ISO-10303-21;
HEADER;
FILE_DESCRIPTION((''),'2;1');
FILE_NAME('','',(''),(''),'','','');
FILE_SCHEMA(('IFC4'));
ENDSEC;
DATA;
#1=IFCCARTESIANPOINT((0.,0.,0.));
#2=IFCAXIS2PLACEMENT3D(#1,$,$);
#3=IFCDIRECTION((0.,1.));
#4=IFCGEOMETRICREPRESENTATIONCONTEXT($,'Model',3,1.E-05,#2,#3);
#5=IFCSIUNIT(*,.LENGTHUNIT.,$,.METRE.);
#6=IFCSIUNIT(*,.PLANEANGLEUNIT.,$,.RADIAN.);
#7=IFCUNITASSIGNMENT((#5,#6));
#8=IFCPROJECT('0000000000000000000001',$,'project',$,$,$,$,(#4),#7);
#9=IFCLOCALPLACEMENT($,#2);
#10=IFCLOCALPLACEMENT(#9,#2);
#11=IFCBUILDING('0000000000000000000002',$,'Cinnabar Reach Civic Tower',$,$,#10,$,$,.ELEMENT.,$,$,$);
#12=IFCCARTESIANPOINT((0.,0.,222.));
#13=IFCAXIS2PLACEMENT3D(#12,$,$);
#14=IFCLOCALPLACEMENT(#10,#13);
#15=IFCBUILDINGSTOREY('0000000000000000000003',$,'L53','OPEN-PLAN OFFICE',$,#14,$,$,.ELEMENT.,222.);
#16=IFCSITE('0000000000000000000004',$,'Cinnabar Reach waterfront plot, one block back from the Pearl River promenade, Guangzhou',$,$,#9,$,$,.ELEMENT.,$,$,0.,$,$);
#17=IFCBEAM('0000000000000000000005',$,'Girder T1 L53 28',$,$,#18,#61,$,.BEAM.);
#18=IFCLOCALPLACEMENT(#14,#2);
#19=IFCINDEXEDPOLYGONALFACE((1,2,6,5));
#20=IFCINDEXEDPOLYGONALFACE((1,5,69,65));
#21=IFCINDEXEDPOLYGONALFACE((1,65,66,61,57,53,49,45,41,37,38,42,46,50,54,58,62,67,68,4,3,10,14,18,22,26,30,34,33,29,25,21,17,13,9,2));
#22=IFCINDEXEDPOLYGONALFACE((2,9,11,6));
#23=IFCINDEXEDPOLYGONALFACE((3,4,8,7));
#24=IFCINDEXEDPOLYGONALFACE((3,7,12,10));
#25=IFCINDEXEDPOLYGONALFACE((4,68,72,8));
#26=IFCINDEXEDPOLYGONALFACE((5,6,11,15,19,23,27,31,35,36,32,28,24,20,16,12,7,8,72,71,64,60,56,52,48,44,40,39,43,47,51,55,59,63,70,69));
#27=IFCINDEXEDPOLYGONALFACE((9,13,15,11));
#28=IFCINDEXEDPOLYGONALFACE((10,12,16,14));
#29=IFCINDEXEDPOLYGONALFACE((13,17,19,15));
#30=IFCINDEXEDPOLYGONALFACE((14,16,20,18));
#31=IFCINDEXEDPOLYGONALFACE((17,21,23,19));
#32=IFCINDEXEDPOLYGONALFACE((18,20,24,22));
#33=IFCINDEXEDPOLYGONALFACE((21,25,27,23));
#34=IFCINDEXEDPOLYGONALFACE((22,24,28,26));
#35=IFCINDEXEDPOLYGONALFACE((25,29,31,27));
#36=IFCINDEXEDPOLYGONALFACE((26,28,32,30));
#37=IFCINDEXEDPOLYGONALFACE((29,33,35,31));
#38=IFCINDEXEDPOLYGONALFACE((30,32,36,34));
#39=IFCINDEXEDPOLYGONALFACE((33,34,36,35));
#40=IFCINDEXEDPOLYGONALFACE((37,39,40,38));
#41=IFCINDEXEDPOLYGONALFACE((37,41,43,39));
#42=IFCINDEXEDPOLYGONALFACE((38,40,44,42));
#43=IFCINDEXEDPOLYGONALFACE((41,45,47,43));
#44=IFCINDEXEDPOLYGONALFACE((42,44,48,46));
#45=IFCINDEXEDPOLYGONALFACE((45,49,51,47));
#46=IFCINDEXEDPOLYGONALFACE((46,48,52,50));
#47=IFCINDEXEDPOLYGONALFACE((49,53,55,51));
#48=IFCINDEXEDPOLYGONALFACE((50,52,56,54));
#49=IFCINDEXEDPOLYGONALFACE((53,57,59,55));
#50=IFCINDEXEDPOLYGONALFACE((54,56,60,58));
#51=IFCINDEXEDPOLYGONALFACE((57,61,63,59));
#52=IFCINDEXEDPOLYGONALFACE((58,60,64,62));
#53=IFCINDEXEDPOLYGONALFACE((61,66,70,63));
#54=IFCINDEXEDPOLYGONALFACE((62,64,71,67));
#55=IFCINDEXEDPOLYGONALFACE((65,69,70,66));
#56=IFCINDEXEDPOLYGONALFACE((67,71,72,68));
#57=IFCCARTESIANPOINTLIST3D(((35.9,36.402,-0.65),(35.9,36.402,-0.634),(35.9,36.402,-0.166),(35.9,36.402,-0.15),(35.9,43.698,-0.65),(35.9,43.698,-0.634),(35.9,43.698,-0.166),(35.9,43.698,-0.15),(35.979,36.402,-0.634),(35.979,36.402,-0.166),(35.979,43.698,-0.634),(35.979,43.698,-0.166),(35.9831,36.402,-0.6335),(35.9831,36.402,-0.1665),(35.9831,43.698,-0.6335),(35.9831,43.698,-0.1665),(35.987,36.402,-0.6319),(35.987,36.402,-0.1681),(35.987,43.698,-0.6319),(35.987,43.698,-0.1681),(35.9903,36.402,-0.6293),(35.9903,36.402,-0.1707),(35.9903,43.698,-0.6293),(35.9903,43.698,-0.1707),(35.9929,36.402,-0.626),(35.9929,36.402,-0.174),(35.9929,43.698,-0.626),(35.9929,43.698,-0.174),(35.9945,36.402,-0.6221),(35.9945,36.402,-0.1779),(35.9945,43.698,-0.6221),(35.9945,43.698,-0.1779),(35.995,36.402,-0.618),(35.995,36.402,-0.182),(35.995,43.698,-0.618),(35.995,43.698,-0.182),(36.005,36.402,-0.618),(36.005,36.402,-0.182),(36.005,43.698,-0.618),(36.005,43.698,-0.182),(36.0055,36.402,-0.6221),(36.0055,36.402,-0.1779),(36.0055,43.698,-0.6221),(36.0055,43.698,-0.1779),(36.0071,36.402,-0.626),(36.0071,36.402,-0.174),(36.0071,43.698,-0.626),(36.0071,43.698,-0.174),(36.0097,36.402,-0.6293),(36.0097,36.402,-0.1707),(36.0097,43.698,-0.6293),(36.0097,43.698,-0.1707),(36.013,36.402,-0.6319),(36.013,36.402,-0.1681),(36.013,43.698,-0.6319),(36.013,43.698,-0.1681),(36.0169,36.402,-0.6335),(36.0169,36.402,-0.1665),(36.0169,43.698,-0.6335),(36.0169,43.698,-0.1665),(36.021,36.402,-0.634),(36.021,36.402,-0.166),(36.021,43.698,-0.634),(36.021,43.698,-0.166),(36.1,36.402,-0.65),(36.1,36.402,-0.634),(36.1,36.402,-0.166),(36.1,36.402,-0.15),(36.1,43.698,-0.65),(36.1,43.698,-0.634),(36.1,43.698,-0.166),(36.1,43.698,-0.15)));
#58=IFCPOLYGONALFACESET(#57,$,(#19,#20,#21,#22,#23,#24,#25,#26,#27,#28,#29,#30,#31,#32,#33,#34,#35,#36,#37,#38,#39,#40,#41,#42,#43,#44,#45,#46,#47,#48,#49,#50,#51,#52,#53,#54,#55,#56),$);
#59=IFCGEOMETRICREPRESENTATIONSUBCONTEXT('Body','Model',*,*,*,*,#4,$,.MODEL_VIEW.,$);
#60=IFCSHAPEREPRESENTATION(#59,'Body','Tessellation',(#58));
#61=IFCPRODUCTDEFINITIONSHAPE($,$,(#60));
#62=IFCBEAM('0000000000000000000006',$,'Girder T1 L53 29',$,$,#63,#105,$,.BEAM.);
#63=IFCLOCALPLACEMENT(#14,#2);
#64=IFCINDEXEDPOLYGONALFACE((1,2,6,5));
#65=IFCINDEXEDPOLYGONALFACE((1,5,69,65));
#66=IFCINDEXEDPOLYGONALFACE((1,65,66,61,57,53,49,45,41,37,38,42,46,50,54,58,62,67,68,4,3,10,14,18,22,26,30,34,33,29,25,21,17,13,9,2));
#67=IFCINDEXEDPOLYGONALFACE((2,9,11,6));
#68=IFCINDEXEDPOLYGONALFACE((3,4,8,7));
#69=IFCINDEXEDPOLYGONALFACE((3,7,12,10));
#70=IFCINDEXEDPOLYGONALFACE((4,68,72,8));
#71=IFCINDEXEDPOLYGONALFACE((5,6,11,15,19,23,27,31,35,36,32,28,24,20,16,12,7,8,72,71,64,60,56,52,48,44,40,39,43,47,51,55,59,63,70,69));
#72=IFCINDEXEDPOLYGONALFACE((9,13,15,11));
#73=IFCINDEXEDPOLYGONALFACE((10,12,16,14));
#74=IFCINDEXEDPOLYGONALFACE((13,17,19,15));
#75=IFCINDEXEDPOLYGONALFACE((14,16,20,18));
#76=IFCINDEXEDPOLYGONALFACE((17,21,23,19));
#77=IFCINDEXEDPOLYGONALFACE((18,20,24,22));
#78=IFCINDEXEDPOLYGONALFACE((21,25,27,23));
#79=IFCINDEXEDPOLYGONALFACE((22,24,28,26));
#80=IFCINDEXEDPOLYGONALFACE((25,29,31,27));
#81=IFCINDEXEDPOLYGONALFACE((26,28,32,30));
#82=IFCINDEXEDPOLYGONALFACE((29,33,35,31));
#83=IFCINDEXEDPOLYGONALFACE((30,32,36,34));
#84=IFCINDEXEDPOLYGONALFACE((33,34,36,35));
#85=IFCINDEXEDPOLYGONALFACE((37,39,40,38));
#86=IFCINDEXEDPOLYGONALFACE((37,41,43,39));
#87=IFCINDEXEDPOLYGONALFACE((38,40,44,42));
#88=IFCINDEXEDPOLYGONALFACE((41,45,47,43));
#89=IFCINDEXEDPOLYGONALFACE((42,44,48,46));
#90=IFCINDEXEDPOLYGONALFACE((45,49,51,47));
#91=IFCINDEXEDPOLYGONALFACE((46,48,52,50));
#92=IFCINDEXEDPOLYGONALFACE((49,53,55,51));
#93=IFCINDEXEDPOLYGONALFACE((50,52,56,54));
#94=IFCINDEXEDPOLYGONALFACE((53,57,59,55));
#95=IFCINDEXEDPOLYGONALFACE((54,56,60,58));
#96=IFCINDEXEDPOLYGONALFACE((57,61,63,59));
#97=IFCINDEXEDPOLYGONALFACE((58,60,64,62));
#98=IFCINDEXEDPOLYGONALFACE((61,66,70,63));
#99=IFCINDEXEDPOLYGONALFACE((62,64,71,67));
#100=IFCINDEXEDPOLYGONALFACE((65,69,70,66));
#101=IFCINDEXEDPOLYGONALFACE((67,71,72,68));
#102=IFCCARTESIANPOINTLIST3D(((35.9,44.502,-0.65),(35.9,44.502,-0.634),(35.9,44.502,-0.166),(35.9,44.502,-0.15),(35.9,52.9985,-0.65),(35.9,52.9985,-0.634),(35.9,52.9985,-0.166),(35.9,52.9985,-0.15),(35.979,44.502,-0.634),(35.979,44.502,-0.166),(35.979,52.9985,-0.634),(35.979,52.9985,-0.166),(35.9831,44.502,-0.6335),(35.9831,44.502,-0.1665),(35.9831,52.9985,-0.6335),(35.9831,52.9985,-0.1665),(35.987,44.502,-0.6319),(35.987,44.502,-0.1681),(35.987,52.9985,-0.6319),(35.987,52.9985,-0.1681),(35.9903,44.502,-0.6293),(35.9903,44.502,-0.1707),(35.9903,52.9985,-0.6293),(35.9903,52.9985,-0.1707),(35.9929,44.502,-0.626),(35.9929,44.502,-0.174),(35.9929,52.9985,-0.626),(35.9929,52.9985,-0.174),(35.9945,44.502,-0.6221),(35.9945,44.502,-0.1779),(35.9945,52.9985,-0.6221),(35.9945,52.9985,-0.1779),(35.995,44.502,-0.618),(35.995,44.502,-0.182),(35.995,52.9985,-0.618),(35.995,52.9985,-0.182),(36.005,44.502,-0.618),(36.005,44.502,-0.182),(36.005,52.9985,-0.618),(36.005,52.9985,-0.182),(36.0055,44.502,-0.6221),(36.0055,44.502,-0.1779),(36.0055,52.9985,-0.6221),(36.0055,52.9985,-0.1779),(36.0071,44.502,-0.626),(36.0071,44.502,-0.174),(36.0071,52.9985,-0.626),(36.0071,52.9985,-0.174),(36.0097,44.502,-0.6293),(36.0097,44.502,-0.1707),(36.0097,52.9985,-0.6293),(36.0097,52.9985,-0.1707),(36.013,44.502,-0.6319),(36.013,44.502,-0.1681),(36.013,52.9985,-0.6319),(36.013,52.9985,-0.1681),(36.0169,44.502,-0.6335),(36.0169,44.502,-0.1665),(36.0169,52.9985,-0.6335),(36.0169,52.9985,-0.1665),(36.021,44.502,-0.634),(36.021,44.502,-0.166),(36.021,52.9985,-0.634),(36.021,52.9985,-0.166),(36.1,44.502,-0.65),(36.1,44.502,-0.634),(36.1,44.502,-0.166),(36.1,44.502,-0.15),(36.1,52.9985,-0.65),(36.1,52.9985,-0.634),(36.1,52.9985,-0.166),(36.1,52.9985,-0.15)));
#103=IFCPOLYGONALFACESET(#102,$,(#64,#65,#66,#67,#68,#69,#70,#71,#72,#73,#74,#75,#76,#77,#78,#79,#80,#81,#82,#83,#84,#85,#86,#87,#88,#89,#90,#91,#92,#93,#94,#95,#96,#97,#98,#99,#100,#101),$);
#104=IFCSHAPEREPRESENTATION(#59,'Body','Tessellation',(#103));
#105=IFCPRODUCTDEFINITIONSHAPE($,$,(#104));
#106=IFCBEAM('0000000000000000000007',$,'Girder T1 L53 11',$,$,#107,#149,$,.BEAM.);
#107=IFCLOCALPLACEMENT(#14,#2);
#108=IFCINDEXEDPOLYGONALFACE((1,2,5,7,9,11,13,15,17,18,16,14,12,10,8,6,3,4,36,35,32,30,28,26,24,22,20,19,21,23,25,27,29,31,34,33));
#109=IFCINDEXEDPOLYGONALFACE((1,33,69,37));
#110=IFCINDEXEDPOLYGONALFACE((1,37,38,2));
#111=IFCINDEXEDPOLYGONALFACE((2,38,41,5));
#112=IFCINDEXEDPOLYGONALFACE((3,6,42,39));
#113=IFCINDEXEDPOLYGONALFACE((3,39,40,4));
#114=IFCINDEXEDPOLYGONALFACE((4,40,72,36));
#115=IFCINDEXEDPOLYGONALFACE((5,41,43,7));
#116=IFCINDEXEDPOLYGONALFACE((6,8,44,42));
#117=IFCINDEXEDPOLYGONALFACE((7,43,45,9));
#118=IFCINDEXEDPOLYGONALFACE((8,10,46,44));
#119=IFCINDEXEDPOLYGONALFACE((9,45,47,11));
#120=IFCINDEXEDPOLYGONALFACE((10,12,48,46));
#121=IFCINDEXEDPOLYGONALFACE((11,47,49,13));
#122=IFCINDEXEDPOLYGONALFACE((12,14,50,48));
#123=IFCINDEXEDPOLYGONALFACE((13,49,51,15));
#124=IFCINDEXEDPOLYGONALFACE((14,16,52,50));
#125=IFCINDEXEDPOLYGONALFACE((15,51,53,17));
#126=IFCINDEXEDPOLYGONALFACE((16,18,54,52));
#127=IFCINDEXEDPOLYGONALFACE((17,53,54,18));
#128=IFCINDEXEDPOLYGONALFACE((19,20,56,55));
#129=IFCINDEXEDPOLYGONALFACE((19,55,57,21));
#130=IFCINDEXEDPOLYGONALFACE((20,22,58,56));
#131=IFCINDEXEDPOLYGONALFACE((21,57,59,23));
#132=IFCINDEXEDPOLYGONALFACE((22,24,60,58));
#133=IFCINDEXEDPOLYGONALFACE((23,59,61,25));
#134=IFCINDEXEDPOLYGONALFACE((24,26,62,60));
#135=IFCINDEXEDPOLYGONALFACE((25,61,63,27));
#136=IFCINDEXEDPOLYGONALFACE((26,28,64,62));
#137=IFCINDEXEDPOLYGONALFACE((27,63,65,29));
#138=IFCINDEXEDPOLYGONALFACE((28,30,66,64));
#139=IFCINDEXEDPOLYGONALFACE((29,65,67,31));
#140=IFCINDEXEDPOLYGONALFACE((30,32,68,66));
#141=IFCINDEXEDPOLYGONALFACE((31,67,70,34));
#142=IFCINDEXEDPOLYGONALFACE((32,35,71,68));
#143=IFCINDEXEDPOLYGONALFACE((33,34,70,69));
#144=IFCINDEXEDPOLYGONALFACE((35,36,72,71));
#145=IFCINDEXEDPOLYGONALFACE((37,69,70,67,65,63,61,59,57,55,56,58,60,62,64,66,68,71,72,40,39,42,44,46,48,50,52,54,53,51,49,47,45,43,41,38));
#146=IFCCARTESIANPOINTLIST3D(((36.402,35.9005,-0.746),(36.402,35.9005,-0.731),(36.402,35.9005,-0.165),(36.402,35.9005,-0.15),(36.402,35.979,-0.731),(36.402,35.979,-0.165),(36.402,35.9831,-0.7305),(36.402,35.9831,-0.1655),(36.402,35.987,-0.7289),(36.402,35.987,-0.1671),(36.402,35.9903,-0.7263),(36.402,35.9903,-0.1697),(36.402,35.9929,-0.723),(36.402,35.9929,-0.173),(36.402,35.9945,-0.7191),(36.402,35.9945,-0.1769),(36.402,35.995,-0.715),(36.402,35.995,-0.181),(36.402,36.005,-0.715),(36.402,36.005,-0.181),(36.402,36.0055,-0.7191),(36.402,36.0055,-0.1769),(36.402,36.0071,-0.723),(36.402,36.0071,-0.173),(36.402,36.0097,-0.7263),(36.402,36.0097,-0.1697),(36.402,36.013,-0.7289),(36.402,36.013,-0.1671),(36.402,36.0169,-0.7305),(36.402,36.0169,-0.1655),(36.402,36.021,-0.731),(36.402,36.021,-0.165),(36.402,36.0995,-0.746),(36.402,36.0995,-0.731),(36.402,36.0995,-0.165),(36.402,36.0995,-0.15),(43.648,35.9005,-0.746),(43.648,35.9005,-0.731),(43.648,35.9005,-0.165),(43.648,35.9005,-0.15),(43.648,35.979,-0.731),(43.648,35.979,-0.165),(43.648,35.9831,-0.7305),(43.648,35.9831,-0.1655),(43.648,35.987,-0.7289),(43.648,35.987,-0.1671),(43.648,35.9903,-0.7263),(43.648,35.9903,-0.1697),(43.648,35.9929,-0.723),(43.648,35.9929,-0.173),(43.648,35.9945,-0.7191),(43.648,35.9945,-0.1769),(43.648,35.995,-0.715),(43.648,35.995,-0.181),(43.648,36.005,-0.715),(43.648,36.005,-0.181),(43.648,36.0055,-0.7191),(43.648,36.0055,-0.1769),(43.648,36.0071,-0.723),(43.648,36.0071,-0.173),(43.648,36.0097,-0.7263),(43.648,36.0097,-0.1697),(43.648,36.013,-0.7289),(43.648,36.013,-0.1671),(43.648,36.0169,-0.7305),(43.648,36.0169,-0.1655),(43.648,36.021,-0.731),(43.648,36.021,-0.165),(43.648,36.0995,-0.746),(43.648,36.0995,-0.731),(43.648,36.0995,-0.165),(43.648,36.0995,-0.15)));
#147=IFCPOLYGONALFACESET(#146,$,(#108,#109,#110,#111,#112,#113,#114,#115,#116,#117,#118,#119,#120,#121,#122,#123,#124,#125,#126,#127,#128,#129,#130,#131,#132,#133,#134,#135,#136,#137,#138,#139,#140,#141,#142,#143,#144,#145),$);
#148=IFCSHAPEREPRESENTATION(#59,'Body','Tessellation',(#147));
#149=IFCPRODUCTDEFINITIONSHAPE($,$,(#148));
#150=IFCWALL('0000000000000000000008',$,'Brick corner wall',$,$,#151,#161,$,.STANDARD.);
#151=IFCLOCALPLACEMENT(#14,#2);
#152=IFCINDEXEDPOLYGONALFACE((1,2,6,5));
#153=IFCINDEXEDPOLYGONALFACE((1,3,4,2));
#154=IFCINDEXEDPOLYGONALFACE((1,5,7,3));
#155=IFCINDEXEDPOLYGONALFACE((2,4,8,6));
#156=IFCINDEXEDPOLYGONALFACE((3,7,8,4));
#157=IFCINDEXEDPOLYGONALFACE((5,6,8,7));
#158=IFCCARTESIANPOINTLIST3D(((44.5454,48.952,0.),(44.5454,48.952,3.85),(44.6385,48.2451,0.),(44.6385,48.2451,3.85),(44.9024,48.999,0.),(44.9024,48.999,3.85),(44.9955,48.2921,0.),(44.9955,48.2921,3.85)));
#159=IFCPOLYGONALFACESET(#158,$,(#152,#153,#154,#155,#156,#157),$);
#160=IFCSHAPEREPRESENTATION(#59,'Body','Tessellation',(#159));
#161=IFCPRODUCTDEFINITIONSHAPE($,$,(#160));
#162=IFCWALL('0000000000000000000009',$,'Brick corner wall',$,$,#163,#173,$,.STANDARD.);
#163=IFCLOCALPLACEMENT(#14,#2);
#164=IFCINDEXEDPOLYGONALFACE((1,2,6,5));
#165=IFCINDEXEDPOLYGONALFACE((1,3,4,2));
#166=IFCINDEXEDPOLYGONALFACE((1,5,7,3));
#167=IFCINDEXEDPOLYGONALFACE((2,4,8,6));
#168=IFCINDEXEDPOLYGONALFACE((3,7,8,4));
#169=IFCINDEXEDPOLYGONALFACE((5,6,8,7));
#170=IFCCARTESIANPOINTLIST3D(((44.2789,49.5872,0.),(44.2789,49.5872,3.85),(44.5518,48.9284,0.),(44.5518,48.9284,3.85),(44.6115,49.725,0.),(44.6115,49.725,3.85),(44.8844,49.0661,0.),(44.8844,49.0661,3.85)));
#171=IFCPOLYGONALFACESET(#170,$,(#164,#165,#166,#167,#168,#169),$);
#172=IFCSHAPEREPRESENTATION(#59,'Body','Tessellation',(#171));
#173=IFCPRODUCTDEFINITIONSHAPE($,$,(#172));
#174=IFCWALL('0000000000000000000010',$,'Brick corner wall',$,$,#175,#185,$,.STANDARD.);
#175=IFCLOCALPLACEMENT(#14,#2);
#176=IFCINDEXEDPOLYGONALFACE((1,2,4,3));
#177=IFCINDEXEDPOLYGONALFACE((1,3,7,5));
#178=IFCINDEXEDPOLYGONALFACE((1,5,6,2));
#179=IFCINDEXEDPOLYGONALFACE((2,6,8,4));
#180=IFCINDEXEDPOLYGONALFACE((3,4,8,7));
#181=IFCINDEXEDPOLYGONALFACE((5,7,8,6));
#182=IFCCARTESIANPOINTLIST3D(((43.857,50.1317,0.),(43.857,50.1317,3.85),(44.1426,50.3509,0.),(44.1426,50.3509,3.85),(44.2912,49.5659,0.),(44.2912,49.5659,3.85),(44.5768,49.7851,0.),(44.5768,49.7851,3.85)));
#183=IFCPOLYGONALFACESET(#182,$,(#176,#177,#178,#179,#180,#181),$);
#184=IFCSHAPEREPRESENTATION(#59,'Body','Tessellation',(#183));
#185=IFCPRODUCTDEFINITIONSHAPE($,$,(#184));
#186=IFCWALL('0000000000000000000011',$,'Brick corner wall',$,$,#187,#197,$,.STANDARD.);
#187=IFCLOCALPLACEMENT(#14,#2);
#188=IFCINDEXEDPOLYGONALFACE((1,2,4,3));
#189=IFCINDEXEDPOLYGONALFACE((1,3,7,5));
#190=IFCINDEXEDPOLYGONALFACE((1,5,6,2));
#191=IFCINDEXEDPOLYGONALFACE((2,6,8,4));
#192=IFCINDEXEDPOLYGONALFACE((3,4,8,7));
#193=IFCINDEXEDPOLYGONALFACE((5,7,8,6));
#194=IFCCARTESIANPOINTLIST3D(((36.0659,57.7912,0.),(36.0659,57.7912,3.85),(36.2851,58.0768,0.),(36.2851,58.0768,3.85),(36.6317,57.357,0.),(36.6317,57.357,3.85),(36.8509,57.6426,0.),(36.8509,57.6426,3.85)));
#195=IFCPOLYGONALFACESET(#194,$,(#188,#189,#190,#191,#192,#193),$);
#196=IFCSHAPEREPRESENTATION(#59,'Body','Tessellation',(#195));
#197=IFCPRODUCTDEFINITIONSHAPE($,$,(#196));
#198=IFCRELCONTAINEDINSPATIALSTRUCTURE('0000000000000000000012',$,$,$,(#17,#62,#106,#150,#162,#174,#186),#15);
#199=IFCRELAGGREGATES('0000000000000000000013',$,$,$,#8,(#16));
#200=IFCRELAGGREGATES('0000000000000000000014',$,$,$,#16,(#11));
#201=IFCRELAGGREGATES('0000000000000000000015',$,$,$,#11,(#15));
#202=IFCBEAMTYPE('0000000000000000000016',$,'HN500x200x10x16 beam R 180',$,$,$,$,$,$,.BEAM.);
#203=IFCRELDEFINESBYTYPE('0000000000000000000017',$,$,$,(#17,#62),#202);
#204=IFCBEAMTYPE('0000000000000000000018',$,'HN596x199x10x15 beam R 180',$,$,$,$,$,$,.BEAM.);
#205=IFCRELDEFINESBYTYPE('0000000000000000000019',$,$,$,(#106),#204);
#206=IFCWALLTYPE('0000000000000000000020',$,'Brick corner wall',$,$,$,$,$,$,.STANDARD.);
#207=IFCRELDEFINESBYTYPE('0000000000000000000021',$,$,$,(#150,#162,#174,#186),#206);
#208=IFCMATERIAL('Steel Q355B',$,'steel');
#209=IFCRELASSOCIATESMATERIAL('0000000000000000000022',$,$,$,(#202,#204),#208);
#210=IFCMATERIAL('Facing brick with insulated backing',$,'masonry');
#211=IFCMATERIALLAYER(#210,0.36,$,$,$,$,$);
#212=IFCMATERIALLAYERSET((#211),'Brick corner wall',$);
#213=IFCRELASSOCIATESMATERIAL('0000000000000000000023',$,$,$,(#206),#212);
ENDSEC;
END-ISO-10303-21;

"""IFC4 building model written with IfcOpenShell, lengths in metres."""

from ifc_helpers import new_model, si_unit, direction, frame, frame_2d, origin, origin_2d, place, context, subcontext, project, spatial, rectangle, i_section, extrude, material, layer, layer_set, material_profile, profile_set, type_object, element, save


model = new_model("IFC4")

# Units and contexts
model_context = context("Model", 3, precision=1e-05, world=origin(), true_north=direction((0.0, 1.0)))
body_context = subcontext(model_context, "Body", "Model", "MODEL_VIEW")
ifc_project = project(units=[si_unit("LENGTHUNIT", "METRE"), si_unit("PLANEANGLEUNIT", "RADIAN")], contexts=[model_context])

# Site, building, storey
site_placement = place(None, origin())
site = spatial("IfcSite", under=ifc_project, at=site_placement, Name="Cinnabar Reach waterfront plot, one block back from the Pearl River promenade, Guangzhou", CompositionType="ELEMENT", RefElevation=0.0)
building_placement = place(site_placement, origin())
building = spatial("IfcBuilding", under=site, at=building_placement, Name="Cinnabar Reach Civic Tower", CompositionType="ELEMENT")
storey_placement = place(building_placement, frame((0.0, 0.0, 222.0)))
storey = spatial("IfcBuildingStorey", under=building, at=storey_placement, Name="L53", Description="OPEN-PLAN OFFICE", CompositionType="ELEMENT", Elevation=222.0)

# Beams
ifc_material_1 = material(Name="Steel Q355B", Category="steel")
ifc_material_profile_1 = material_profile(ifc_material_1, i_section(OverallWidth=0.2, OverallDepth=0.5, WebThickness=0.01, FlangeThickness=0.016, FilletRadius=0.016, at=origin_2d()), Name="HN500x200x10x16")
ifc_profile_set_1 = profile_set([ifc_material_profile_1], Name="Steel Q355B")
beam_type_1 = type_object("IfcBeamType", Name="HN500x200x10x16 beam R 180", PredefinedType="BEAM", material=ifc_profile_set_1)
beam_1_placement = place(storey_placement, frame((36.0, 36.402, -0.4), z_axis=(0.0, 1.0, 0.0), x_axis=(-1.0, 0.0, 0.0)))
element("IfcBeam", 1, at=beam_1_placement, inside=storey, type_object=beam_type_1, Name="Girder T1 L53 28", PredefinedType="BEAM", context=body_context, shape_type="SweptSolid", body=[
    extrude(i_section(OverallWidth=0.2, OverallDepth=0.5, WebThickness=0.01, FlangeThickness=0.016, FilletRadius=0.016, at=origin_2d()), origin(), (0.0, 0.0, 1.0), 7.296),
])
beam_2_placement = place(storey_placement, frame((36.0, 44.502, -0.4), z_axis=(0.0, 1.0, 0.0), x_axis=(-1.0, 0.0, 0.0)))
element("IfcBeam", 2, at=beam_2_placement, inside=storey, type_object=beam_type_1, Name="Girder T1 L53 29", PredefinedType="BEAM", context=body_context, shape_type="SweptSolid", body=[
    extrude(i_section(OverallWidth=0.2, OverallDepth=0.5, WebThickness=0.01, FlangeThickness=0.016, FilletRadius=0.016, at=origin_2d()), origin(), (0.0, 0.0, 1.0), 8.4965),
])
ifc_material_profile_2 = material_profile(ifc_material_1, i_section(OverallWidth=0.199, OverallDepth=0.596, WebThickness=0.01, FlangeThickness=0.015, FilletRadius=0.016, at=origin_2d()), Name="HN596x199x10x15")
ifc_profile_set_2 = profile_set([ifc_material_profile_2], Name="Steel Q355B")
beam_type_2 = type_object("IfcBeamType", Name="HN596x199x10x15 beam R 180", PredefinedType="BEAM", material=ifc_profile_set_2)
beam_3_placement = place(storey_placement, frame((36.402, 36.0, -0.448), z_axis=(1.0, 0.0, 0.0), x_axis=(0.0, 1.0, 0.0)))
element("IfcBeam", 3, at=beam_3_placement, inside=storey, type_object=beam_type_2, Name="Girder T1 L53 11", PredefinedType="BEAM", context=body_context, shape_type="SweptSolid", body=[
    extrude(i_section(OverallWidth=0.199, OverallDepth=0.596, WebThickness=0.01, FlangeThickness=0.015, FilletRadius=0.016, at=origin_2d()), origin(), (0.0, 0.0, 1.0), 7.246),
])

# Walls
ifc_material_2 = material(Name="Facing brick with insulated backing", Category="masonry")
ifc_layer_1 = layer(ifc_material_2, 0.36)
ifc_layer_set_1 = layer_set([ifc_layer_1], Name="Brick corner wall")
wall_type_1 = type_object("IfcWallType", Name="Brick corner wall", PredefinedType="STANDARD", material=ifc_layer_set_1)
for number, where, z_axis, x_axis, name in (
    (4, (44.817, 48.2686, 0.0), (0.0, 0.0, 1.0), (-0.130556, 0.991441, 0.0), "Brick corner wall"),
    (5, (44.7181, 48.9973, 0.0), (0.0, 0.0, 1.0), (-0.382703, 0.923872, 0.0), "Brick corner wall"),
):
    element("IfcWall", number, at=place(storey_placement, frame(where, z_axis=z_axis, x_axis=x_axis)), inside=storey, type_object=wall_type_1, Name=name, PredefinedType="STANDARD", context=body_context, shape_type="SweptSolid", body=[
        extrude(rectangle(XDim=0.7131, YDim=0.36, at=frame_2d((0.3565, 0.0))), origin(), (0.0, 0.0, 1.0), 3.85),
    ])
for number, where, z_axis, x_axis, name in (
    (6, (44.434, 49.6755, 0.0), (0.0, 0.0, 1.0), (-0.608802, 0.793322, 0.0), "Brick corner wall"),
    (7, (36.7413, 57.4998, 0.0), (0.0, 0.0, 1.0), (-0.793322, 0.608802, 0.0), "Brick corner wall"),
):
    element("IfcWall", number, at=place(storey_placement, frame(where, z_axis=z_axis, x_axis=x_axis)), inside=storey, type_object=wall_type_1, Name=name, PredefinedType="STANDARD", context=body_context, shape_type="SweptSolid", body=[
        extrude(rectangle(XDim=0.7132, YDim=0.36, at=frame_2d((0.3566, 0.0))), origin(), (0.0, 0.0, 1.0), 3.85),
    ])

save(model, "model.ifc")
